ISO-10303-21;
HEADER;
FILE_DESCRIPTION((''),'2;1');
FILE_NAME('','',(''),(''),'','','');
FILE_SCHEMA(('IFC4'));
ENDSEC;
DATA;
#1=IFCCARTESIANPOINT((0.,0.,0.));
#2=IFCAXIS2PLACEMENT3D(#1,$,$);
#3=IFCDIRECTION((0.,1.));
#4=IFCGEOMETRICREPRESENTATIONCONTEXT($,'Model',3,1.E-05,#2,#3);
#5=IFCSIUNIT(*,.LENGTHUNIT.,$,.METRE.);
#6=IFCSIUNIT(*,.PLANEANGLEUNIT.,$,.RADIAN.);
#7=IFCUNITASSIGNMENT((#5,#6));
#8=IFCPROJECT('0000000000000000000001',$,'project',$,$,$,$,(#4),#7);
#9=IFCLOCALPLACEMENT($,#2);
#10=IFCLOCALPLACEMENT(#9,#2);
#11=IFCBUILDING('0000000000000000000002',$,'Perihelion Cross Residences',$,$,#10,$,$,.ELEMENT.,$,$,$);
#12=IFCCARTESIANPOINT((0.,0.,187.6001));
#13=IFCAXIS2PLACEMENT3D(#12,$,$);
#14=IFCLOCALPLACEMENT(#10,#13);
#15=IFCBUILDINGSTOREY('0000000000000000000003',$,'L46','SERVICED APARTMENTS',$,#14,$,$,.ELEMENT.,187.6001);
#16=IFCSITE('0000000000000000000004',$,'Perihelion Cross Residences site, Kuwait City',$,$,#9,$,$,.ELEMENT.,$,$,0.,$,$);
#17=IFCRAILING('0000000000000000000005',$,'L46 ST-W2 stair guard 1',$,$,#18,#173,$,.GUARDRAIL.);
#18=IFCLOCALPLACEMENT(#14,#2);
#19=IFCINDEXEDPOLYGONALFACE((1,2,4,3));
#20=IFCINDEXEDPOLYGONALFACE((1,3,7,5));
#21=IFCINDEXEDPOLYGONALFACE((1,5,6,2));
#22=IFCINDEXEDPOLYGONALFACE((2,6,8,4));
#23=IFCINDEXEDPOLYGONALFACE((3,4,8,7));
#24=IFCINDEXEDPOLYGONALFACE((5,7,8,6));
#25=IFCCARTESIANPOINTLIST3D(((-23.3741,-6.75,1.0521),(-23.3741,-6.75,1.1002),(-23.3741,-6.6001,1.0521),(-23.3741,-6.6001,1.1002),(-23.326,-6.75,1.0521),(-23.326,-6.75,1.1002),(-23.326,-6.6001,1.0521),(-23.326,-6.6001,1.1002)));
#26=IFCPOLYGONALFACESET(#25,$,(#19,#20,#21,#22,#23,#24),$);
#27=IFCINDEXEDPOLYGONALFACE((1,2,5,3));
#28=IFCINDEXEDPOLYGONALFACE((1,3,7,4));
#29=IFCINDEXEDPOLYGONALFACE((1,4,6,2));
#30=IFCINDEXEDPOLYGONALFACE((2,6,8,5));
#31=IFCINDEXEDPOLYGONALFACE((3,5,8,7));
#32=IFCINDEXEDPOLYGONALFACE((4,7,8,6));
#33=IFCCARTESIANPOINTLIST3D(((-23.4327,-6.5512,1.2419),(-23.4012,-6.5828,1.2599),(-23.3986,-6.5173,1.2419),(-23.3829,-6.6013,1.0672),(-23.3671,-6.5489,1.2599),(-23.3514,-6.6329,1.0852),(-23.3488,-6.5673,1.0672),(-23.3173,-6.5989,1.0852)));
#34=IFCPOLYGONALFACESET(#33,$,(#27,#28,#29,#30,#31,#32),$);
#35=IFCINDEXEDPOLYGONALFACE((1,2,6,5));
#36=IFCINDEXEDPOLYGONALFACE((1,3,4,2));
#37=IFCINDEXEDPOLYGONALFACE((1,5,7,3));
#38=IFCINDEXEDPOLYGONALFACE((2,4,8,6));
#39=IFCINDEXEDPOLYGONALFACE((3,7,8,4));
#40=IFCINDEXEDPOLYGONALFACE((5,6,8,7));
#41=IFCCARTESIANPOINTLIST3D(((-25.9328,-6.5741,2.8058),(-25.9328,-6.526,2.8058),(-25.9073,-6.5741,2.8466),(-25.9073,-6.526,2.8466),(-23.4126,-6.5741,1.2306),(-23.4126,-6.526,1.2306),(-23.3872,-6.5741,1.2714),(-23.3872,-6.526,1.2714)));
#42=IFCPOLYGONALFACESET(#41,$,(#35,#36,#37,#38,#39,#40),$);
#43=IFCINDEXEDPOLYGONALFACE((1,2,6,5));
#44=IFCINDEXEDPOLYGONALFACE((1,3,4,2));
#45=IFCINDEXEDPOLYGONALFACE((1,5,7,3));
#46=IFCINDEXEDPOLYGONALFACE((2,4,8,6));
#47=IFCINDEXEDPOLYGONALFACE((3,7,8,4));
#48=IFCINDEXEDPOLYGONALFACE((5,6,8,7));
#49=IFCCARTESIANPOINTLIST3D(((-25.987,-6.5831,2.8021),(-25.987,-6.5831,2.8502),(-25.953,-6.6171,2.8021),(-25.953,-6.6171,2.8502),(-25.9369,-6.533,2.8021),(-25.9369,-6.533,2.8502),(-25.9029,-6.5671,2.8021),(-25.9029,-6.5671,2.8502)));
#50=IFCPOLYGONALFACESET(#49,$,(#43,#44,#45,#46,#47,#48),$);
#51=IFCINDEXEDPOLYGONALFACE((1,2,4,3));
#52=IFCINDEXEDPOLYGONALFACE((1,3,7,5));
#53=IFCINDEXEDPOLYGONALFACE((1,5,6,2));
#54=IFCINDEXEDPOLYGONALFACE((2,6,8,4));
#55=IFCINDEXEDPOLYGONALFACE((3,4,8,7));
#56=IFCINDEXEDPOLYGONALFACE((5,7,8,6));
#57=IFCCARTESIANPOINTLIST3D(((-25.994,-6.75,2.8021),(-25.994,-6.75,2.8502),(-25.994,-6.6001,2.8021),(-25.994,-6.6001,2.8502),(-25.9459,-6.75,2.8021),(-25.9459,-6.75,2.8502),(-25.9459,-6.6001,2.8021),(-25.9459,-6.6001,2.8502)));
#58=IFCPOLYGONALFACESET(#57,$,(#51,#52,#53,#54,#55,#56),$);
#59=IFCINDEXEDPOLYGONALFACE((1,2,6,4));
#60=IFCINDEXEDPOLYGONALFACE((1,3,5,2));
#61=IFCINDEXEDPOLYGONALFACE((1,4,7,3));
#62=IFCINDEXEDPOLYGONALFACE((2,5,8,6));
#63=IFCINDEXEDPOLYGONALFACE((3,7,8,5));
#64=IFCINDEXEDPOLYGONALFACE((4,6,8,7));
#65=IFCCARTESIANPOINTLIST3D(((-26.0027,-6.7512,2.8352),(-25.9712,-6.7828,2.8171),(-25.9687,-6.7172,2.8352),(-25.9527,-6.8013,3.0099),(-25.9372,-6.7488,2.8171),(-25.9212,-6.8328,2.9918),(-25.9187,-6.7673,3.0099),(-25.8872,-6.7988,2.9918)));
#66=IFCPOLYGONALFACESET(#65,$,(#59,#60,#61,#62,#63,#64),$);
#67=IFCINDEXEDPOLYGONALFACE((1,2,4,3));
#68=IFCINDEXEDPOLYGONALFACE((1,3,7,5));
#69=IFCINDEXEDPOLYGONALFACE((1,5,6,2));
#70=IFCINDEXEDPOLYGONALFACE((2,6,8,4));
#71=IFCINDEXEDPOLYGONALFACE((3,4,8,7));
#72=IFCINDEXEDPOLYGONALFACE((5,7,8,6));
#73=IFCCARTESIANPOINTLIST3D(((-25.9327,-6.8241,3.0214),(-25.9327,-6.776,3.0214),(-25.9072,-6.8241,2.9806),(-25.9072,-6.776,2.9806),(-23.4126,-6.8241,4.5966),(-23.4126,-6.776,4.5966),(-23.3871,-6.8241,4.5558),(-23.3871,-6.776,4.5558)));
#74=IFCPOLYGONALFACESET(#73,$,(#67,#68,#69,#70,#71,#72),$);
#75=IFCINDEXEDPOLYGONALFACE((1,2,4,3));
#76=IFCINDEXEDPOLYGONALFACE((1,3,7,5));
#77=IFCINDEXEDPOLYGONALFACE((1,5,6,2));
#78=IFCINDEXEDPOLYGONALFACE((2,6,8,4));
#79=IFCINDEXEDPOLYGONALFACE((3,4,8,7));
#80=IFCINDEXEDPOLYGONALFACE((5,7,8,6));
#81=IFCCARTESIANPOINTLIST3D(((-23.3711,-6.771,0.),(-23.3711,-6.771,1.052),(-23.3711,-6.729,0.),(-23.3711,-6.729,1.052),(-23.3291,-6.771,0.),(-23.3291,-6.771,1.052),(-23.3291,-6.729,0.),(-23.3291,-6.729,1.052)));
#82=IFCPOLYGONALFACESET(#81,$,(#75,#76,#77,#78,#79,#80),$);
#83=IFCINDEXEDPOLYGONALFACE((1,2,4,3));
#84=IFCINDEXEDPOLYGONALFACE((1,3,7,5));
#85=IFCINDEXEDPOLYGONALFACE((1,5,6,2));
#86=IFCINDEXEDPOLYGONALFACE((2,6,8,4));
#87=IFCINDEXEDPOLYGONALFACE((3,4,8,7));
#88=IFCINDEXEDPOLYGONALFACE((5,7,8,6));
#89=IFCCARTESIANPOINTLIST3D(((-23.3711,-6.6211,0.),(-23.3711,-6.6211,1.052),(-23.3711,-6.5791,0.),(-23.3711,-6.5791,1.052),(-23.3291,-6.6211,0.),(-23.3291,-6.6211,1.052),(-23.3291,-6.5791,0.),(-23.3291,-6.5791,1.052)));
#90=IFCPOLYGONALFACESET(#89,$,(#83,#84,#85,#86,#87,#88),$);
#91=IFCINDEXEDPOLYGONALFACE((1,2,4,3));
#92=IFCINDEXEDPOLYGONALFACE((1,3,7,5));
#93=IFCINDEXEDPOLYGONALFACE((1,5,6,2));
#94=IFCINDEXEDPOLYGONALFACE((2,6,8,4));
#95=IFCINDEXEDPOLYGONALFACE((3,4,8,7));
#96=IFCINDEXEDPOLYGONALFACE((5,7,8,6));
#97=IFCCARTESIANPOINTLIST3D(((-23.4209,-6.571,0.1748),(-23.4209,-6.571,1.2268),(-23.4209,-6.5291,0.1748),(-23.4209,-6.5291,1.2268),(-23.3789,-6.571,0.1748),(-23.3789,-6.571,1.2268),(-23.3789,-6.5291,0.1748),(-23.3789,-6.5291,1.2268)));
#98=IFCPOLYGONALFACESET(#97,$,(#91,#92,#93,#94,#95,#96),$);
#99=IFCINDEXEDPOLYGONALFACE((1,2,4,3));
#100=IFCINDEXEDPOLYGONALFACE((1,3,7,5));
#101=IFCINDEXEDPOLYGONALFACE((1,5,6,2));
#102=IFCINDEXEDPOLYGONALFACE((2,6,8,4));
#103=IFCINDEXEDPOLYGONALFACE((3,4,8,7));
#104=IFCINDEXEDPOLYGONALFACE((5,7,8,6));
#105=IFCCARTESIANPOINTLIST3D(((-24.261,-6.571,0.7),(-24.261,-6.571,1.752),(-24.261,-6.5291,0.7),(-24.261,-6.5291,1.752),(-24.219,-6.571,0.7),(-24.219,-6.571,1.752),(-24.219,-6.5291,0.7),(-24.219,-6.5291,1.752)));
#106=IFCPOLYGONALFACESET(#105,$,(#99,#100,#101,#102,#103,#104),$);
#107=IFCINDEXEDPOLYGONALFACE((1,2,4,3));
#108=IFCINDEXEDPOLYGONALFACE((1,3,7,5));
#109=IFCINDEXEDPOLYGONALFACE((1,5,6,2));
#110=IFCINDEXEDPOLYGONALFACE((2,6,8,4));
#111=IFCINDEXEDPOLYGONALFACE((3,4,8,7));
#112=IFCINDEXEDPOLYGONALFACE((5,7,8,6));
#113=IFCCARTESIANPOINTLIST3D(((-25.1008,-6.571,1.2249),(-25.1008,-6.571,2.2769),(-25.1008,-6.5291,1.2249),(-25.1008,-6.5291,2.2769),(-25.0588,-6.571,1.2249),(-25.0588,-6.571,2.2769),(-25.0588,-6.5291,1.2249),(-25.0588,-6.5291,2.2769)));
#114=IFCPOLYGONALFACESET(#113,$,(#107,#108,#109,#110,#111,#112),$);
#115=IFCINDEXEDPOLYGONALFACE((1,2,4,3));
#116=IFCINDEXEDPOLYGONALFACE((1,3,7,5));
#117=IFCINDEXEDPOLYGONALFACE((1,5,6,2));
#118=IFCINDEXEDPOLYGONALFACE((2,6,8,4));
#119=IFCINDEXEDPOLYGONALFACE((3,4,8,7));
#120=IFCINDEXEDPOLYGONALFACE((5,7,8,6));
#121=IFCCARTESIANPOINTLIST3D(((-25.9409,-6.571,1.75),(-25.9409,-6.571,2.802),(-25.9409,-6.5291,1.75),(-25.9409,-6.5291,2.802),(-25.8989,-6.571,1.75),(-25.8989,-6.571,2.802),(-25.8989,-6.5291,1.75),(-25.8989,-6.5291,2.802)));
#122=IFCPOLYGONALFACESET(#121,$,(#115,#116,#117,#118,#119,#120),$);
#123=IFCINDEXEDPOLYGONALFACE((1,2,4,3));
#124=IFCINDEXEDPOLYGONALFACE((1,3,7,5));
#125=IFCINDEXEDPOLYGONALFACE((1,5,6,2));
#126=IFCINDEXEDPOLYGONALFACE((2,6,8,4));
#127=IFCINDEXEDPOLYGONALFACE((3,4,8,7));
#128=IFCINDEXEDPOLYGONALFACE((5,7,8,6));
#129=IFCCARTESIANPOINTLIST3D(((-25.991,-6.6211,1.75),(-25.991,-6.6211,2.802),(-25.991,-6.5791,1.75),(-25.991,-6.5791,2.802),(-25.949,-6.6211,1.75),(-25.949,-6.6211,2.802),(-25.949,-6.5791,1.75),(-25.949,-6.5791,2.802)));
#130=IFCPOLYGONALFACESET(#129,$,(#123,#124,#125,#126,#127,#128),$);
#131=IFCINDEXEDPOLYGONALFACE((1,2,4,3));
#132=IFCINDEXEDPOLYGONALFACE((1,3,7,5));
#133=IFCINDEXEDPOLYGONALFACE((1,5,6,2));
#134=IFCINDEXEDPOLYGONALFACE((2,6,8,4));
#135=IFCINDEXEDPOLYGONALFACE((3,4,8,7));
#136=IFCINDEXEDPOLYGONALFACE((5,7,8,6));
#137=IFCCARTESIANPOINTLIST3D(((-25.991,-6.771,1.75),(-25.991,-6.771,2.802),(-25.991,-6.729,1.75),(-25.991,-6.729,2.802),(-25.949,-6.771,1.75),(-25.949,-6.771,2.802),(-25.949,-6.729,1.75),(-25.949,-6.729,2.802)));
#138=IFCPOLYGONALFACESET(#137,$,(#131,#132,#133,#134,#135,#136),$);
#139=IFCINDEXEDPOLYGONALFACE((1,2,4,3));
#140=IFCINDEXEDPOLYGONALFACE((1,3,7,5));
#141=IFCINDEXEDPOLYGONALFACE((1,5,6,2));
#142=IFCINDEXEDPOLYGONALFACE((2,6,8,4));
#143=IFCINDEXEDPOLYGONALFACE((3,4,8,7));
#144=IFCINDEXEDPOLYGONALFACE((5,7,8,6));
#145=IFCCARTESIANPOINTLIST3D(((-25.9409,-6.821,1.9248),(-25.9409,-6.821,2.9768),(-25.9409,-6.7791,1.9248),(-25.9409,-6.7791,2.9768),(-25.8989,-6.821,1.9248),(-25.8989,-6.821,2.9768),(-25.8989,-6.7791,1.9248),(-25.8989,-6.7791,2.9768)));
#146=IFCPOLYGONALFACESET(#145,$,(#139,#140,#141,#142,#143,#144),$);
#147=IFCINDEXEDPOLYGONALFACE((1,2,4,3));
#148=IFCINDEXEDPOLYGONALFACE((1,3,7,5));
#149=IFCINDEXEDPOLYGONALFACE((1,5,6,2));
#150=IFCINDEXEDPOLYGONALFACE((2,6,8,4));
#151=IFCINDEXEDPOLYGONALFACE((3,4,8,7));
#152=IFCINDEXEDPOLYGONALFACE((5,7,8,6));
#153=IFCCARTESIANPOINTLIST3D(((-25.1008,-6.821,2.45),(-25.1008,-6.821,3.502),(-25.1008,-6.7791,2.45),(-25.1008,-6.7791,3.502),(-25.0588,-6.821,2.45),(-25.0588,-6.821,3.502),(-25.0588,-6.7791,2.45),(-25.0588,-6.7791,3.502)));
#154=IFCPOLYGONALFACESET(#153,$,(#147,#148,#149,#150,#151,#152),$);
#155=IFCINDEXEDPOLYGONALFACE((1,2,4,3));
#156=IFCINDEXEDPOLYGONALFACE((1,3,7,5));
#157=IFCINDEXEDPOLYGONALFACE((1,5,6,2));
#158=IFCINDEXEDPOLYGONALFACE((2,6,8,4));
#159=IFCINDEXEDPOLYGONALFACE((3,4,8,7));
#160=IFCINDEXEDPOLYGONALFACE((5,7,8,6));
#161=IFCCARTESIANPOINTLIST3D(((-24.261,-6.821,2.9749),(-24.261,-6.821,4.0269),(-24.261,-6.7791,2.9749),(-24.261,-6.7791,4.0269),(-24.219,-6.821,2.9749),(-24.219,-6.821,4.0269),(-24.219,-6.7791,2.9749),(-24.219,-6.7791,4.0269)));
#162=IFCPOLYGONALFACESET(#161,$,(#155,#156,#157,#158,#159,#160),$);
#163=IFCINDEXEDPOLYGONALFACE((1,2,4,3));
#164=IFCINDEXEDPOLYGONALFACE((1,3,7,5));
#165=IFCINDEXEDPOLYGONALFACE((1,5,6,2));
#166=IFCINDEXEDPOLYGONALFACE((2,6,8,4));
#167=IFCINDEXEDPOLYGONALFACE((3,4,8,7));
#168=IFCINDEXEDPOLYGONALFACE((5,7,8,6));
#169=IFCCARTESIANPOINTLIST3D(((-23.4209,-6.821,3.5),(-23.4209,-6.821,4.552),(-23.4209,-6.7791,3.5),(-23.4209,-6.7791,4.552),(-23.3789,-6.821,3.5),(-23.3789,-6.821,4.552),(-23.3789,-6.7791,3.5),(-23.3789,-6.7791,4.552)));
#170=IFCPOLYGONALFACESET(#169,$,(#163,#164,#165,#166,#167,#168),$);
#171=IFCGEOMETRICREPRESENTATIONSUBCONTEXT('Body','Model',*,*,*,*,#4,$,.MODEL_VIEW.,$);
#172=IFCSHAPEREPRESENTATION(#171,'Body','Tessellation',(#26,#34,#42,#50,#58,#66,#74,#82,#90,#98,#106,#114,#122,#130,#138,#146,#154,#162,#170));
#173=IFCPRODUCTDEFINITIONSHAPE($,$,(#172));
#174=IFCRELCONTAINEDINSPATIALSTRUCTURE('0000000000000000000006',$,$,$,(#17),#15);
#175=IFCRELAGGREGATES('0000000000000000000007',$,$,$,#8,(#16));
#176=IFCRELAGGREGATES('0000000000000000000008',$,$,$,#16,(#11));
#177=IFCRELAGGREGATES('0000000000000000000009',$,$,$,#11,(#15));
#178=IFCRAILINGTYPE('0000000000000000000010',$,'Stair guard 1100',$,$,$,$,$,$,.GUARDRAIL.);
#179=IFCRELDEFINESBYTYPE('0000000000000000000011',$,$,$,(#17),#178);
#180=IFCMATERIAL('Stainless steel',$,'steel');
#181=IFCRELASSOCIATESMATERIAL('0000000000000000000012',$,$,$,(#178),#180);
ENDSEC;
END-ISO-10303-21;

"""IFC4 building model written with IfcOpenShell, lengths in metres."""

from ifc_helpers import new_model, si_unit, direction, frame, origin, origin_2d, place, context, subcontext, project, spatial, rectangle, extrude, material, type_object, element, save


model = new_model("IFC4")

# Units and contexts
model_context = context("Model", 3, precision=1e-05, world=origin(), true_north=direction((0.0, 1.0)))
body_context = subcontext(model_context, "Body", "Model", "MODEL_VIEW")
ifc_project = project(units=[si_unit("LENGTHUNIT", "METRE"), si_unit("PLANEANGLEUNIT", "RADIAN")], contexts=[model_context])

# Site, building, storey
site_placement = place(None, origin())
site = spatial("IfcSite", under=ifc_project, at=site_placement, Name="Perihelion Cross Residences site, Kuwait City", CompositionType="ELEMENT", RefElevation=0.0)
building_placement = place(site_placement, origin())
building = spatial("IfcBuilding", under=site, at=building_placement, Name="Perihelion Cross Residences", CompositionType="ELEMENT")
storey_placement = place(building_placement, frame((0.0, 0.0, 187.6001)))
storey = spatial("IfcBuildingStorey", under=building, at=storey_placement, Name="L46", Description="SERVICED APARTMENTS", CompositionType="ELEMENT", Elevation=187.6001)

# Railing
ifc_material_1 = material(Name="Stainless steel", Category="steel")
railing_type_1 = type_object("IfcRailingType", Name="Stair guard 1100", PredefinedType="GUARDRAIL", material=ifc_material_1)
railing_1_placement = place(storey_placement, frame((-23.3501, -6.75, 0.0)))
element("IfcRailing", 1, at=railing_1_placement, inside=storey, type_object=railing_type_1, Name="L46 ST-W2 stair guard 1", PredefinedType="GUARDRAIL", context=body_context, shape_type="SweptSolid", body=[
    extrude(rectangle(XDim=0.0481, YDim=0.0481, at=origin_2d()), frame((0.0, 0.0, 1.0762), z_axis=(0.0, 1.0, 0.0), x_axis=(-1.0, 0.0, 0.0)), (0.0, 0.0, 1.0), 0.1499),
    extrude(rectangle(XDim=0.0481, YDim=0.0481, at=origin_2d()), frame((0.0, 0.1499, 1.0762), z_axis=(-0.264179, 0.265474, 0.927218), x_axis=(-0.708834, -0.705376, 0.0)), (0.0, 0.0, 1.0), 0.1885),
    extrude(rectangle(XDim=0.0481, YDim=0.0481, at=origin_2d()), frame((-0.0498, 0.2, 1.251), z_axis=(-0.847971, 0.0, 0.530043), x_axis=(0.0, -1.0, 0.0)), (0.0, 0.0, 1.0), 2.9719),
    extrude(rectangle(XDim=0.0481, YDim=0.0481, at=origin_2d()), frame((-2.5698, 0.2, 2.8262), z_axis=(-0.707107, -0.707107, 0.0), x_axis=(0.707107, -0.707107, 0.0)), (0.0, 0.0, 1.0), 0.0708),
    extrude(rectangle(XDim=0.0481, YDim=0.0481, at=origin_2d()), frame((-2.6199, 0.1499, 2.8262), z_axis=(0.0, -1.0, 0.0), x_axis=(1.0, 0.0, 0.0)), (0.0, 0.0, 1.0), 0.1499),
    extrude(rectangle(XDim=0.0481, YDim=0.0481, at=origin_2d()), frame((-2.6199, 0.0, 2.8262), z_axis=(0.265383, -0.265383, 0.9269), x_axis=(0.707107, 0.707107, 0.0)), (0.0, 0.0, 1.0), 0.1885),
    extrude(rectangle(XDim=0.0481, YDim=0.0481, at=origin_2d()), frame((-2.5698, -0.05, 3.001), z_axis=(0.847971, 0.0, 0.530043), x_axis=(0.0, 1.0, 0.0)), (0.0, 0.0, 1.0), 2.9719),
    extrude(rectangle(XDim=0.042, YDim=0.042, at=origin_2d()), origin(), (0.0, 0.0, 1.0), 1.052),
    extrude(rectangle(XDim=0.042, YDim=0.042, at=origin_2d()), frame((0.0, 0.1499, 0.0)), (0.0, 0.0, 1.0), 1.052),
    extrude(rectangle(XDim=0.042, YDim=0.042, at=origin_2d()), frame((-0.0498, 0.2, 0.1748)), (0.0, 0.0, 1.0), 1.052),
    extrude(rectangle(XDim=0.042, YDim=0.042, at=origin_2d()), frame((-0.8899, 0.2, 0.7)), (0.0, 0.0, 1.0), 1.052),
    extrude(rectangle(XDim=0.042, YDim=0.042, at=origin_2d()), frame((-1.7297, 0.2, 1.2249)), (0.0, 0.0, 1.0), 1.052),
    extrude(rectangle(XDim=0.042, YDim=0.042, at=origin_2d()), frame((-2.5698, 0.2, 1.75)), (0.0, 0.0, 1.0), 1.052),
    extrude(rectangle(XDim=0.042, YDim=0.042, at=origin_2d()), frame((-2.6199, 0.1499, 1.75)), (0.0, 0.0, 1.0), 1.052),
    extrude(rectangle(XDim=0.042, YDim=0.042, at=origin_2d()), frame((-2.6199, 0.0, 1.75)), (0.0, 0.0, 1.0), 1.052),
    extrude(rectangle(XDim=0.042, YDim=0.042, at=origin_2d()), frame((-2.5698, -0.05, 1.9248)), (0.0, 0.0, 1.0), 1.052),
    extrude(rectangle(XDim=0.042, YDim=0.042, at=origin_2d()), frame((-1.7297, -0.05, 2.45)), (0.0, 0.0, 1.0), 1.052),
    extrude(rectangle(XDim=0.042, YDim=0.042, at=origin_2d()), frame((-0.8899, -0.05, 2.9749)), (0.0, 0.0, 1.0), 1.052),
    extrude(rectangle(XDim=0.042, YDim=0.042, at=origin_2d()), frame((-0.0498, -0.05, 3.5)), (0.0, 0.0, 1.0), 1.052),
])

save(model, "model.ifc")
